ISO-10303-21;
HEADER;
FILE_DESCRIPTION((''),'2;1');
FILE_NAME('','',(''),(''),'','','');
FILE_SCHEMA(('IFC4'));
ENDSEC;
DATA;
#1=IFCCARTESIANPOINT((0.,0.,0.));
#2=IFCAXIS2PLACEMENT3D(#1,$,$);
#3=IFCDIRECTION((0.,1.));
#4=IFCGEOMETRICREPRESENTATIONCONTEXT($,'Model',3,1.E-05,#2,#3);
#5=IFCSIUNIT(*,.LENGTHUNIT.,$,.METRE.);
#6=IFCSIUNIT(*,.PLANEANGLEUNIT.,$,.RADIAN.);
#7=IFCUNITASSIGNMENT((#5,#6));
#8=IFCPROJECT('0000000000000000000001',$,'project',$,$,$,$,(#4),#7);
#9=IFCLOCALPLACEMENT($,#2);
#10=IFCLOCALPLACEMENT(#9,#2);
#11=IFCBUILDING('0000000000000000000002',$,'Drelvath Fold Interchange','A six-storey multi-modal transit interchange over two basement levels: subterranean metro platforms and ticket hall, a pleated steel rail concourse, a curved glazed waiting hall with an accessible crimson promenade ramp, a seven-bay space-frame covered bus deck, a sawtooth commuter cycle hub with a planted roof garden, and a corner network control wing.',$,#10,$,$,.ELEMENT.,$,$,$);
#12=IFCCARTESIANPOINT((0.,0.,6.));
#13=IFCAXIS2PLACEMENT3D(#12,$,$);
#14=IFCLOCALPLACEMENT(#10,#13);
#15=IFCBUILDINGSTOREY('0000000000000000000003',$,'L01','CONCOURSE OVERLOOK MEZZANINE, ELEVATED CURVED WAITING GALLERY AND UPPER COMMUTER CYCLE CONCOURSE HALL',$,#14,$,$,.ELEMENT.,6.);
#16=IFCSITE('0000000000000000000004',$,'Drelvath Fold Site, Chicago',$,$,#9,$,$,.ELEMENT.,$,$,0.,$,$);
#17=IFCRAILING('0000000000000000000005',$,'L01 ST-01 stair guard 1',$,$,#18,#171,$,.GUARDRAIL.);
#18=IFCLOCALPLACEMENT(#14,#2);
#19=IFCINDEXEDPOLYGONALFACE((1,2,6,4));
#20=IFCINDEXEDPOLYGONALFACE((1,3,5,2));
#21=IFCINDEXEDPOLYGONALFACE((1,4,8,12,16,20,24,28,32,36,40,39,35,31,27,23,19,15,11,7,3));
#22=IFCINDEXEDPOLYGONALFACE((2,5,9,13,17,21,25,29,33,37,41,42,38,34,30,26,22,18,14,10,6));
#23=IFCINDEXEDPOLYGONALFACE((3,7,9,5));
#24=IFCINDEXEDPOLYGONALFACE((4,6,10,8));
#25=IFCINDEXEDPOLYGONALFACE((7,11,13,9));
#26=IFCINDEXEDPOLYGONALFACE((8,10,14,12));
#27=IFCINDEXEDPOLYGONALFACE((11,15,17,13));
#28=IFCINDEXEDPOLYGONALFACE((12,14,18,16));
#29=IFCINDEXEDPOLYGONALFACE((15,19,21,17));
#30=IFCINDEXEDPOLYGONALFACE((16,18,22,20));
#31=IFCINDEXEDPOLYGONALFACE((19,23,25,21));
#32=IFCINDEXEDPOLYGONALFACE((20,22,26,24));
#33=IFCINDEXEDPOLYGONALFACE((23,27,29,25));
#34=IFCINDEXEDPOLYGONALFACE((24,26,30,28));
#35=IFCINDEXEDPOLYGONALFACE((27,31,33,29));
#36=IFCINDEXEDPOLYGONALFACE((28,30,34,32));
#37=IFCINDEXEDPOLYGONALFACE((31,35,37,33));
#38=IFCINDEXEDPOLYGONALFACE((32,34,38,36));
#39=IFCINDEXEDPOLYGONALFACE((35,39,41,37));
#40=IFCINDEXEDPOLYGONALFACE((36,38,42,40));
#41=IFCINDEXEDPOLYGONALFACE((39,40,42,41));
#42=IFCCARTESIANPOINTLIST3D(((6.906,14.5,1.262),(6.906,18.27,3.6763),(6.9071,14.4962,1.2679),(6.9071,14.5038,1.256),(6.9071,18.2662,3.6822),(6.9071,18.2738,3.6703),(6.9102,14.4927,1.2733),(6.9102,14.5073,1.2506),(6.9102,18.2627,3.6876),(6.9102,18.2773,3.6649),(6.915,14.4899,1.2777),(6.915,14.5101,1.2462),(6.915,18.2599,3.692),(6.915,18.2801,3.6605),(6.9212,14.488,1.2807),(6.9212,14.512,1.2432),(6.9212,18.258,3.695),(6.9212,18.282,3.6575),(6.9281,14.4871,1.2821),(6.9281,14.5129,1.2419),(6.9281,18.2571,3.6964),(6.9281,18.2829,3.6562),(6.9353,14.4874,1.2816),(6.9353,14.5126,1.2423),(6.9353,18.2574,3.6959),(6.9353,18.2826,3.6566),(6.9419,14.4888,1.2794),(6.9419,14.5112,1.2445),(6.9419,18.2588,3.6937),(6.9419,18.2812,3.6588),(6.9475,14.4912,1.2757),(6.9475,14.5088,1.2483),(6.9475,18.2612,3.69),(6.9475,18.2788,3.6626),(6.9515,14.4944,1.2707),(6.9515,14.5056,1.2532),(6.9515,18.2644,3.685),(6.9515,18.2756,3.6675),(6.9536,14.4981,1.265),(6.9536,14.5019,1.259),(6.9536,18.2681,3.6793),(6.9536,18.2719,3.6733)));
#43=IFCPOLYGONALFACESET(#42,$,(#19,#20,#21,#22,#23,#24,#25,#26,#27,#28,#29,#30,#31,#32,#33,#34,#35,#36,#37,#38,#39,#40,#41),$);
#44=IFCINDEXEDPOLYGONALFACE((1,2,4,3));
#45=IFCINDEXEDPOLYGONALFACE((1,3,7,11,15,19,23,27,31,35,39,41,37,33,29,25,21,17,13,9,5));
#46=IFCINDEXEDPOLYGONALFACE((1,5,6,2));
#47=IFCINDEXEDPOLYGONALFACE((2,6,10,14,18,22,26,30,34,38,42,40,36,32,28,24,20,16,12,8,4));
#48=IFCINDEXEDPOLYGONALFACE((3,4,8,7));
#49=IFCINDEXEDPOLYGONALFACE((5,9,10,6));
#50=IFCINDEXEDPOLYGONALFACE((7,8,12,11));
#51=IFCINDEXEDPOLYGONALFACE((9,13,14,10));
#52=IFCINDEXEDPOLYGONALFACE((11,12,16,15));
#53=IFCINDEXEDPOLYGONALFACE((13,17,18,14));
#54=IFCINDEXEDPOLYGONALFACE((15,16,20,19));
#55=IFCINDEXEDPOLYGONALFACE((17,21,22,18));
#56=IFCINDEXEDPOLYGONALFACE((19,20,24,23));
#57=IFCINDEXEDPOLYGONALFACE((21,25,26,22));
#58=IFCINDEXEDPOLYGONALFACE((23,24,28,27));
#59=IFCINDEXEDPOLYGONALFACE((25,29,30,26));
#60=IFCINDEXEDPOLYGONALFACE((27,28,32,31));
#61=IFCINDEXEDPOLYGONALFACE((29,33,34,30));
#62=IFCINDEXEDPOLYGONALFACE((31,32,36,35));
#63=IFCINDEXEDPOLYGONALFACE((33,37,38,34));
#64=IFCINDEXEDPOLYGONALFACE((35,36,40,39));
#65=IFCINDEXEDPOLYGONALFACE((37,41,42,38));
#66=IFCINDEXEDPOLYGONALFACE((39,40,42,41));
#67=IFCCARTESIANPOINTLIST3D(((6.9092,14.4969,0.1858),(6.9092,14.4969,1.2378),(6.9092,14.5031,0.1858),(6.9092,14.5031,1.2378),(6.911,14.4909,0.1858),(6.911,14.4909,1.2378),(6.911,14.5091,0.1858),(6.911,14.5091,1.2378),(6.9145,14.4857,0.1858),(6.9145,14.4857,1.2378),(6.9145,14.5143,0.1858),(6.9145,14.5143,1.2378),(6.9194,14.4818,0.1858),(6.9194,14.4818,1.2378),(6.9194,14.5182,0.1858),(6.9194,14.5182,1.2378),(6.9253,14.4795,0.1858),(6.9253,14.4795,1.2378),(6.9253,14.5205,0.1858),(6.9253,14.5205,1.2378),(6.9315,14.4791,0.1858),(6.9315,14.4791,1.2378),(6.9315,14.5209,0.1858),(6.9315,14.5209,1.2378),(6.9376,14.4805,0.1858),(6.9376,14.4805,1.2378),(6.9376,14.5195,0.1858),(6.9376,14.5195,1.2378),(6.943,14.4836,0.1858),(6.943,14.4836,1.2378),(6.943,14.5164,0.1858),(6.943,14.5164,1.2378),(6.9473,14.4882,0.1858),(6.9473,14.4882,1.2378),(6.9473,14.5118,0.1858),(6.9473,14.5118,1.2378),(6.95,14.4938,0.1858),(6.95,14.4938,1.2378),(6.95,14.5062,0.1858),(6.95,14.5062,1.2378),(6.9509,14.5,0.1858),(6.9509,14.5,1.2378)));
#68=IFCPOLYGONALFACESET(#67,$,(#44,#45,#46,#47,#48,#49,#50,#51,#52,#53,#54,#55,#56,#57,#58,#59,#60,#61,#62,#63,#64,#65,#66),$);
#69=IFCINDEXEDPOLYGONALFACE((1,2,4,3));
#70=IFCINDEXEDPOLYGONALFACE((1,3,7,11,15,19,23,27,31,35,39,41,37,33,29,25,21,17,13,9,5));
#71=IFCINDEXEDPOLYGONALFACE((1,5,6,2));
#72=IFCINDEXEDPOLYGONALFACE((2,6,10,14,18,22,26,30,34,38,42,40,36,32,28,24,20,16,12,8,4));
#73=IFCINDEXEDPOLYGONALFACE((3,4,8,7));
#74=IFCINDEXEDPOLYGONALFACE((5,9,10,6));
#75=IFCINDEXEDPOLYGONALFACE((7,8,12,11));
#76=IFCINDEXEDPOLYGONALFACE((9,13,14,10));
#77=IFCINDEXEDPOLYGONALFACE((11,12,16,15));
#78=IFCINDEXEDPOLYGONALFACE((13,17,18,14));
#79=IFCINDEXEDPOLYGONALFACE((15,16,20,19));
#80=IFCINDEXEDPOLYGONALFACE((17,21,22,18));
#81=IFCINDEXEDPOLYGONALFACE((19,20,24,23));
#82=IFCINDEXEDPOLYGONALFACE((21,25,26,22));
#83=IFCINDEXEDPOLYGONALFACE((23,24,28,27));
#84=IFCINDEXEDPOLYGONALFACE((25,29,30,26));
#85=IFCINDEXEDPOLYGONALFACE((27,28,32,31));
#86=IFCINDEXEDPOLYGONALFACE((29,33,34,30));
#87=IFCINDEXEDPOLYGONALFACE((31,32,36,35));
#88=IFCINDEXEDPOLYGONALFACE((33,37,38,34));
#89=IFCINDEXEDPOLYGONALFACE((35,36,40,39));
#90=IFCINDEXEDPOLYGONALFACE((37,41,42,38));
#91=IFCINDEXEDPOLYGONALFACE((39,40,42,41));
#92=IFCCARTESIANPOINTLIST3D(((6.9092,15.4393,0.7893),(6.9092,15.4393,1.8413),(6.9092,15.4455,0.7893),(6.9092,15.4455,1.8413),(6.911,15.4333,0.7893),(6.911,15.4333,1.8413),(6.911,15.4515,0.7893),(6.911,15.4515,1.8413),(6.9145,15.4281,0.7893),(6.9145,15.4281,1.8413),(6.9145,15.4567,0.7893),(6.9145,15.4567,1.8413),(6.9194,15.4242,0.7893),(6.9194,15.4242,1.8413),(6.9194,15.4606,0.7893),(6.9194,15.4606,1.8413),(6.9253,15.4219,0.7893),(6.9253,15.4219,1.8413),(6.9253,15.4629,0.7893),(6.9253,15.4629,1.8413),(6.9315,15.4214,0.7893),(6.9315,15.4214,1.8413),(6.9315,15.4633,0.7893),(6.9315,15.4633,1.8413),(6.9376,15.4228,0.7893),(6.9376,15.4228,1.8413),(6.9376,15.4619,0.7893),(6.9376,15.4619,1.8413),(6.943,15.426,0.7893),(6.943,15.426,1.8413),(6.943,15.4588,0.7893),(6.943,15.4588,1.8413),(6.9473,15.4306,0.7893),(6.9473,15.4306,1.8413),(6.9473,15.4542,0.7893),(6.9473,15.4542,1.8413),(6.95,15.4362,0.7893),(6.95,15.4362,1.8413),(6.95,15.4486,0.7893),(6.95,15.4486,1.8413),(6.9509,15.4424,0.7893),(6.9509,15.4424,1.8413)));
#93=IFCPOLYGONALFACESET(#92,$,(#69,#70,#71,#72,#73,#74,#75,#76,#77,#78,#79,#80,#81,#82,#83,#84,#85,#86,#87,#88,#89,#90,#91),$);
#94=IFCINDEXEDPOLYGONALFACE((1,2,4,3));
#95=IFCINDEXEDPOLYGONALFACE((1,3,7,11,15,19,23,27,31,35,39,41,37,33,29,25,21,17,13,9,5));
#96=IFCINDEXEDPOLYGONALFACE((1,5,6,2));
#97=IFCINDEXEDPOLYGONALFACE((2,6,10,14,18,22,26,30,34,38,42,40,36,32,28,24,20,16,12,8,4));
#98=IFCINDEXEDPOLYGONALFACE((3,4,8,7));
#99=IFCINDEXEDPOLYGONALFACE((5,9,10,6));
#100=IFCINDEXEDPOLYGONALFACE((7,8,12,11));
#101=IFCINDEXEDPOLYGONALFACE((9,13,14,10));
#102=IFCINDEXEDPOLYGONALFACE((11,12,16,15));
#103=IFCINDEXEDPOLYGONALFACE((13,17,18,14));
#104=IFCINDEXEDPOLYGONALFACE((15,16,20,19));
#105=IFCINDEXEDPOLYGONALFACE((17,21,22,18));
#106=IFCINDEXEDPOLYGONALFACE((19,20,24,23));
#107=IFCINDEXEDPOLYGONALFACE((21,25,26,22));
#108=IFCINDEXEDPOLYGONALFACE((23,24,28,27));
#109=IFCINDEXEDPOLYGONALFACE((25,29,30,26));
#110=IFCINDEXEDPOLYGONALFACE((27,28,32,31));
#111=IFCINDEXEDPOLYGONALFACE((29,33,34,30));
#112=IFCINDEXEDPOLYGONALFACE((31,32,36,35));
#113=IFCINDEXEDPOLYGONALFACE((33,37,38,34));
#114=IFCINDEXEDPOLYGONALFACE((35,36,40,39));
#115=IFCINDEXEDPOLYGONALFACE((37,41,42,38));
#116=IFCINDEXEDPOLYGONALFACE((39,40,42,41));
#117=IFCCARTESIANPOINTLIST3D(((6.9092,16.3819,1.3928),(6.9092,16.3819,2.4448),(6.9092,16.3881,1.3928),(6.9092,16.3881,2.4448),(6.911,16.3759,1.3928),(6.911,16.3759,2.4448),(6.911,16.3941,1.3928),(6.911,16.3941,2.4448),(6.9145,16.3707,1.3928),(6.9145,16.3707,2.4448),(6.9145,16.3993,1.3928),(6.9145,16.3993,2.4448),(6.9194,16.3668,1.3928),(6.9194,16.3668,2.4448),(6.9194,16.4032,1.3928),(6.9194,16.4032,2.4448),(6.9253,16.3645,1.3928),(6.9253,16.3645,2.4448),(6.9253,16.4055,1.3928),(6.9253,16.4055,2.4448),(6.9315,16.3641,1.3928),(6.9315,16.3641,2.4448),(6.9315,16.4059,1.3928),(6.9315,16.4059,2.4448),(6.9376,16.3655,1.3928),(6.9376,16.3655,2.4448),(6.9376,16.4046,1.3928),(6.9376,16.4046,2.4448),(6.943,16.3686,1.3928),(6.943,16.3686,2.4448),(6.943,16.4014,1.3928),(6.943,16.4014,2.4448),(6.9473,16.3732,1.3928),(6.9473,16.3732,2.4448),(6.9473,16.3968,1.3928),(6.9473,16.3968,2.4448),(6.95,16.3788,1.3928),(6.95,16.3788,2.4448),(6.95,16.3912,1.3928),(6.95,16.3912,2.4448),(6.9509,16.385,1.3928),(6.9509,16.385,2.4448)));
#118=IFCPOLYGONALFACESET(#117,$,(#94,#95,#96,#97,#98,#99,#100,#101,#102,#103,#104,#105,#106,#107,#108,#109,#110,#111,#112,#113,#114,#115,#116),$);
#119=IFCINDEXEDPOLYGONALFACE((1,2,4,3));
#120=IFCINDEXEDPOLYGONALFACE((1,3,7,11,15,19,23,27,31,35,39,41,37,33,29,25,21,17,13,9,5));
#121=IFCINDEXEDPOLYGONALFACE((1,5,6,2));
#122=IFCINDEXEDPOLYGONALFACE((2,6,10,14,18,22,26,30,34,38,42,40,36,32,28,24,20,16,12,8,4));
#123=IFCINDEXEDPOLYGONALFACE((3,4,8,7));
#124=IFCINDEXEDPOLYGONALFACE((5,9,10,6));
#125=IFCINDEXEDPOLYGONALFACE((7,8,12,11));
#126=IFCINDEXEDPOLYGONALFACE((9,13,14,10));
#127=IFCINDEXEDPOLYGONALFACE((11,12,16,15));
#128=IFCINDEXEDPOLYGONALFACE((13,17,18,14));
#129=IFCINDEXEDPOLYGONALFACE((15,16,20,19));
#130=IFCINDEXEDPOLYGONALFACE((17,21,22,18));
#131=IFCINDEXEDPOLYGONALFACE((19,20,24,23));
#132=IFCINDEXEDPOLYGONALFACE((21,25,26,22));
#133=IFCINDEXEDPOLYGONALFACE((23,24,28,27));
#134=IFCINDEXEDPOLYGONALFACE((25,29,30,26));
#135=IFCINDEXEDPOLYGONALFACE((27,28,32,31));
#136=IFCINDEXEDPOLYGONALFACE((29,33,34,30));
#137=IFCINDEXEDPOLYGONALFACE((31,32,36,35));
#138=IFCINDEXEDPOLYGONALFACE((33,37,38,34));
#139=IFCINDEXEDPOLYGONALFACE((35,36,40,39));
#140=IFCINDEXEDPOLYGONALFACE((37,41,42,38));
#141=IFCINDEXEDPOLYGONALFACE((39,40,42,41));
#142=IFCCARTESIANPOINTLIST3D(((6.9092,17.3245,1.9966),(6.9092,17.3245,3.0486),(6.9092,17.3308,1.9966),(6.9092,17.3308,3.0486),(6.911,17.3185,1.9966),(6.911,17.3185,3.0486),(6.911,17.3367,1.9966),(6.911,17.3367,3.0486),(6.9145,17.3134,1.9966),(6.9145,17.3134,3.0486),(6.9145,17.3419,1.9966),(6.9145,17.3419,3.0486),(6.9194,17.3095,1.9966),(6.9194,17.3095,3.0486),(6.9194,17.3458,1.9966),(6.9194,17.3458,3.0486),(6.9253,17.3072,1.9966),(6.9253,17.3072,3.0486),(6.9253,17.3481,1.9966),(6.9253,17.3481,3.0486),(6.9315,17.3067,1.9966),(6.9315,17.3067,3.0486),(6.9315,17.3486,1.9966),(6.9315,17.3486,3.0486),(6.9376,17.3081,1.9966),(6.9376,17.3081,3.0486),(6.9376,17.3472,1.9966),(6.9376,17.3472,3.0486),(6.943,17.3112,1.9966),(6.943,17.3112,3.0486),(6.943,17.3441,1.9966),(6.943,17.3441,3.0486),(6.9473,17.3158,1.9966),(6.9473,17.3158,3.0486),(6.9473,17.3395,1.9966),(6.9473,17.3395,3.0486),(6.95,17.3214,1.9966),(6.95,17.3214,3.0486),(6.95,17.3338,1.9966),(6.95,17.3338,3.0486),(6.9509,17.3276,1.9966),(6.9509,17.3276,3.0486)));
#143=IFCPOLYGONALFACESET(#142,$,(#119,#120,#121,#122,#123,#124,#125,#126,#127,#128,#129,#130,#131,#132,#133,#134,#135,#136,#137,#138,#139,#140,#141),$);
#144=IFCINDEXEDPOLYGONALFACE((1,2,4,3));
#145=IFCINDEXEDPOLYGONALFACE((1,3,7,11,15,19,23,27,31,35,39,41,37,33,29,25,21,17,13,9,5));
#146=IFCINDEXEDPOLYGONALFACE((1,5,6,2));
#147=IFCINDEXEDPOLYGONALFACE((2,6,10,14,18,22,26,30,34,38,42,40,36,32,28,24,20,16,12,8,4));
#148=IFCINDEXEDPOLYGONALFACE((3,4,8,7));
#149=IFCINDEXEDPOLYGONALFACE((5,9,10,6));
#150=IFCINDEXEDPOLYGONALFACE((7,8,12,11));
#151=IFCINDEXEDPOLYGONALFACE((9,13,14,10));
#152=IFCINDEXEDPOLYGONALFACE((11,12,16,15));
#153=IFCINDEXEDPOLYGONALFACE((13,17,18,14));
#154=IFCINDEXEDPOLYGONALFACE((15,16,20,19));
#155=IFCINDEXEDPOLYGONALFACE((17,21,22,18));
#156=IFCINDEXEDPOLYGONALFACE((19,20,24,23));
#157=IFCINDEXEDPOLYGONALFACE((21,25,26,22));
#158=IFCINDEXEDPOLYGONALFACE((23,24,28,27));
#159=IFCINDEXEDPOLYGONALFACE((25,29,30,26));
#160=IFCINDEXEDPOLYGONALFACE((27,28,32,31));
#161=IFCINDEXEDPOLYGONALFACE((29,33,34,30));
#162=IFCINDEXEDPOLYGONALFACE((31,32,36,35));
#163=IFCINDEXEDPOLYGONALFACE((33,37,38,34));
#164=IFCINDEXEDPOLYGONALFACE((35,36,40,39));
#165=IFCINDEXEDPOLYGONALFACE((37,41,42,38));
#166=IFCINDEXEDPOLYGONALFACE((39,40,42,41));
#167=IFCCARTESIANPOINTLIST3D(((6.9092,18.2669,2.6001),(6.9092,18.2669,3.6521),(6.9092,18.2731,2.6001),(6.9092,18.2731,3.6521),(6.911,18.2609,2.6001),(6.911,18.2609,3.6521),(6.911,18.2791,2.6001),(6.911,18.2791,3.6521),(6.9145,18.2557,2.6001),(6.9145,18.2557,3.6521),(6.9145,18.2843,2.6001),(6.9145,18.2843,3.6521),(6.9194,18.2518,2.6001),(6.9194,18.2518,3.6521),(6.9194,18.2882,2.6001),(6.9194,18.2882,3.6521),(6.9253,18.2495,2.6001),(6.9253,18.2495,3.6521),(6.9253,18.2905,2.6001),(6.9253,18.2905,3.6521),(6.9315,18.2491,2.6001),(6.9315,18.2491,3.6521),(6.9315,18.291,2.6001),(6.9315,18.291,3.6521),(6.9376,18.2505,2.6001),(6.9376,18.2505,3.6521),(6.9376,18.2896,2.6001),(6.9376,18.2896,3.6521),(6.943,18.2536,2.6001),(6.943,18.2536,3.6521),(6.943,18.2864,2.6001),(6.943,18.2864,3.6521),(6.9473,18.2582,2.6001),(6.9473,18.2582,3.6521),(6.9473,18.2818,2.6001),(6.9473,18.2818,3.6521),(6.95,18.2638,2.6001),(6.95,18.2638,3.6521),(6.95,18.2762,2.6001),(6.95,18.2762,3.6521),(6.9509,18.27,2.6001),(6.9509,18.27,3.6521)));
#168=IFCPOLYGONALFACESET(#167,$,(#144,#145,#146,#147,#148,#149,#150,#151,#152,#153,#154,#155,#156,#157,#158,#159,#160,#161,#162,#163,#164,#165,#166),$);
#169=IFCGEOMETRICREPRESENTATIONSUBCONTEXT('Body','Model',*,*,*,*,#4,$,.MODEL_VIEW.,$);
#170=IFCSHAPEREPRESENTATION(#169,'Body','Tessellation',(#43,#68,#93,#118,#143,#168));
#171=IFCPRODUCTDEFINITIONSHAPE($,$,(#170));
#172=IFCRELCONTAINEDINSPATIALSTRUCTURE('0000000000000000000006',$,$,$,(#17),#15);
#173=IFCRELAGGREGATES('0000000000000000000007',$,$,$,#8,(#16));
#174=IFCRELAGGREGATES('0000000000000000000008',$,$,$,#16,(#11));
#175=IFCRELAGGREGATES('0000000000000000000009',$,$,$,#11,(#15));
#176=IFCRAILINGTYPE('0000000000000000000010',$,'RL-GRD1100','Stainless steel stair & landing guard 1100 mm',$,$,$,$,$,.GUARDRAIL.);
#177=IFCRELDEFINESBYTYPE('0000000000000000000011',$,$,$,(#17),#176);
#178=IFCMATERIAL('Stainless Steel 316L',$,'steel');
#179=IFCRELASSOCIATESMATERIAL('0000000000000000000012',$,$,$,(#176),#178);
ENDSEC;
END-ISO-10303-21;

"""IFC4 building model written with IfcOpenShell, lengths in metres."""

from ifc_helpers import new_model, si_unit, direction, frame, origin, origin_2d, place, context, subcontext, project, spatial, circle, extrude, material, type_object, element, save


model = new_model("IFC4")

# Units and contexts
model_context = context("Model", 3, precision=1e-05, world=origin(), true_north=direction((0.0, 1.0)))
body_context = subcontext(model_context, "Body", "Model", "MODEL_VIEW")
ifc_project = project(units=[si_unit("LENGTHUNIT", "METRE"), si_unit("PLANEANGLEUNIT", "RADIAN")], contexts=[model_context])

# Site, building, storey
site_placement = place(None, origin())
site = spatial("IfcSite", under=ifc_project, at=site_placement, Name="Drelvath Fold Site, Chicago", CompositionType="ELEMENT", RefElevation=0.0)
building_placement = place(site_placement, origin())
building = spatial("IfcBuilding", under=site, at=building_placement, Name="Drelvath Fold Interchange", Description="A six-storey multi-modal transit interchange over two basement levels: subterranean metro platforms and ticket hall, a pleated steel rail concourse, a curved glazed waiting hall with an accessible crimson promenade ramp, a seven-bay space-frame covered bus deck, a sawtooth commuter cycle hub with a planted roof garden, and a corner network control wing.", CompositionType="ELEMENT")
storey_placement = place(building_placement, frame((0.0, 0.0, 6.0)))
storey = spatial("IfcBuildingStorey", under=building, at=storey_placement, Name="L01", Description="CONCOURSE OVERLOOK MEZZANINE, ELEVATED CURVED WAITING GALLERY AND UPPER COMMUTER CYCLE CONCOURSE HALL", CompositionType="ELEMENT", Elevation=6.0)

# Railing
ifc_material_1 = material(Name="Stainless Steel 316L", Category="steel")
railing_type_1 = type_object("IfcRailingType", Name="RL-GRD1100", Description="Stainless steel stair & landing guard 1100 mm", PredefinedType="GUARDRAIL", material=ifc_material_1)
railing_1_placement = place(storey_placement, frame((6.9299, 14.5, 0.1858)))
element("IfcRailing", 1, at=railing_1_placement, inside=storey, type_object=railing_type_1, Name="L01 ST-01 stair guard 1", PredefinedType="GUARDRAIL", context=body_context, shape_type="SweptSolid", body=[
    extrude(circle(Radius=0.0239, at=origin_2d()), frame((0.0, 0.0, 1.0762), z_axis=(0.0, 0.84212, 0.53929), x_axis=(-1.0, 0.0, 0.0)), (0.0, 0.0, 1.0), 4.4768),
    extrude(circle(Radius=0.021, at=origin_2d()), origin(), (0.0, 0.0, 1.0), 1.052),
    extrude(circle(Radius=0.021, at=origin_2d()), frame((0.0, 0.9424, 0.6035)), (0.0, 0.0, 1.0), 1.052),
    extrude(circle(Radius=0.021, at=origin_2d()), frame((0.0, 1.885, 1.207)), (0.0, 0.0, 1.0), 1.052),
    extrude(circle(Radius=0.021, at=origin_2d()), frame((0.0, 2.8276, 1.8108)), (0.0, 0.0, 1.0), 1.052),
    extrude(circle(Radius=0.021, at=origin_2d()), frame((0.0, 3.77, 2.4143)), (0.0, 0.0, 1.0), 1.052),
])

save(model, "model.ifc")
